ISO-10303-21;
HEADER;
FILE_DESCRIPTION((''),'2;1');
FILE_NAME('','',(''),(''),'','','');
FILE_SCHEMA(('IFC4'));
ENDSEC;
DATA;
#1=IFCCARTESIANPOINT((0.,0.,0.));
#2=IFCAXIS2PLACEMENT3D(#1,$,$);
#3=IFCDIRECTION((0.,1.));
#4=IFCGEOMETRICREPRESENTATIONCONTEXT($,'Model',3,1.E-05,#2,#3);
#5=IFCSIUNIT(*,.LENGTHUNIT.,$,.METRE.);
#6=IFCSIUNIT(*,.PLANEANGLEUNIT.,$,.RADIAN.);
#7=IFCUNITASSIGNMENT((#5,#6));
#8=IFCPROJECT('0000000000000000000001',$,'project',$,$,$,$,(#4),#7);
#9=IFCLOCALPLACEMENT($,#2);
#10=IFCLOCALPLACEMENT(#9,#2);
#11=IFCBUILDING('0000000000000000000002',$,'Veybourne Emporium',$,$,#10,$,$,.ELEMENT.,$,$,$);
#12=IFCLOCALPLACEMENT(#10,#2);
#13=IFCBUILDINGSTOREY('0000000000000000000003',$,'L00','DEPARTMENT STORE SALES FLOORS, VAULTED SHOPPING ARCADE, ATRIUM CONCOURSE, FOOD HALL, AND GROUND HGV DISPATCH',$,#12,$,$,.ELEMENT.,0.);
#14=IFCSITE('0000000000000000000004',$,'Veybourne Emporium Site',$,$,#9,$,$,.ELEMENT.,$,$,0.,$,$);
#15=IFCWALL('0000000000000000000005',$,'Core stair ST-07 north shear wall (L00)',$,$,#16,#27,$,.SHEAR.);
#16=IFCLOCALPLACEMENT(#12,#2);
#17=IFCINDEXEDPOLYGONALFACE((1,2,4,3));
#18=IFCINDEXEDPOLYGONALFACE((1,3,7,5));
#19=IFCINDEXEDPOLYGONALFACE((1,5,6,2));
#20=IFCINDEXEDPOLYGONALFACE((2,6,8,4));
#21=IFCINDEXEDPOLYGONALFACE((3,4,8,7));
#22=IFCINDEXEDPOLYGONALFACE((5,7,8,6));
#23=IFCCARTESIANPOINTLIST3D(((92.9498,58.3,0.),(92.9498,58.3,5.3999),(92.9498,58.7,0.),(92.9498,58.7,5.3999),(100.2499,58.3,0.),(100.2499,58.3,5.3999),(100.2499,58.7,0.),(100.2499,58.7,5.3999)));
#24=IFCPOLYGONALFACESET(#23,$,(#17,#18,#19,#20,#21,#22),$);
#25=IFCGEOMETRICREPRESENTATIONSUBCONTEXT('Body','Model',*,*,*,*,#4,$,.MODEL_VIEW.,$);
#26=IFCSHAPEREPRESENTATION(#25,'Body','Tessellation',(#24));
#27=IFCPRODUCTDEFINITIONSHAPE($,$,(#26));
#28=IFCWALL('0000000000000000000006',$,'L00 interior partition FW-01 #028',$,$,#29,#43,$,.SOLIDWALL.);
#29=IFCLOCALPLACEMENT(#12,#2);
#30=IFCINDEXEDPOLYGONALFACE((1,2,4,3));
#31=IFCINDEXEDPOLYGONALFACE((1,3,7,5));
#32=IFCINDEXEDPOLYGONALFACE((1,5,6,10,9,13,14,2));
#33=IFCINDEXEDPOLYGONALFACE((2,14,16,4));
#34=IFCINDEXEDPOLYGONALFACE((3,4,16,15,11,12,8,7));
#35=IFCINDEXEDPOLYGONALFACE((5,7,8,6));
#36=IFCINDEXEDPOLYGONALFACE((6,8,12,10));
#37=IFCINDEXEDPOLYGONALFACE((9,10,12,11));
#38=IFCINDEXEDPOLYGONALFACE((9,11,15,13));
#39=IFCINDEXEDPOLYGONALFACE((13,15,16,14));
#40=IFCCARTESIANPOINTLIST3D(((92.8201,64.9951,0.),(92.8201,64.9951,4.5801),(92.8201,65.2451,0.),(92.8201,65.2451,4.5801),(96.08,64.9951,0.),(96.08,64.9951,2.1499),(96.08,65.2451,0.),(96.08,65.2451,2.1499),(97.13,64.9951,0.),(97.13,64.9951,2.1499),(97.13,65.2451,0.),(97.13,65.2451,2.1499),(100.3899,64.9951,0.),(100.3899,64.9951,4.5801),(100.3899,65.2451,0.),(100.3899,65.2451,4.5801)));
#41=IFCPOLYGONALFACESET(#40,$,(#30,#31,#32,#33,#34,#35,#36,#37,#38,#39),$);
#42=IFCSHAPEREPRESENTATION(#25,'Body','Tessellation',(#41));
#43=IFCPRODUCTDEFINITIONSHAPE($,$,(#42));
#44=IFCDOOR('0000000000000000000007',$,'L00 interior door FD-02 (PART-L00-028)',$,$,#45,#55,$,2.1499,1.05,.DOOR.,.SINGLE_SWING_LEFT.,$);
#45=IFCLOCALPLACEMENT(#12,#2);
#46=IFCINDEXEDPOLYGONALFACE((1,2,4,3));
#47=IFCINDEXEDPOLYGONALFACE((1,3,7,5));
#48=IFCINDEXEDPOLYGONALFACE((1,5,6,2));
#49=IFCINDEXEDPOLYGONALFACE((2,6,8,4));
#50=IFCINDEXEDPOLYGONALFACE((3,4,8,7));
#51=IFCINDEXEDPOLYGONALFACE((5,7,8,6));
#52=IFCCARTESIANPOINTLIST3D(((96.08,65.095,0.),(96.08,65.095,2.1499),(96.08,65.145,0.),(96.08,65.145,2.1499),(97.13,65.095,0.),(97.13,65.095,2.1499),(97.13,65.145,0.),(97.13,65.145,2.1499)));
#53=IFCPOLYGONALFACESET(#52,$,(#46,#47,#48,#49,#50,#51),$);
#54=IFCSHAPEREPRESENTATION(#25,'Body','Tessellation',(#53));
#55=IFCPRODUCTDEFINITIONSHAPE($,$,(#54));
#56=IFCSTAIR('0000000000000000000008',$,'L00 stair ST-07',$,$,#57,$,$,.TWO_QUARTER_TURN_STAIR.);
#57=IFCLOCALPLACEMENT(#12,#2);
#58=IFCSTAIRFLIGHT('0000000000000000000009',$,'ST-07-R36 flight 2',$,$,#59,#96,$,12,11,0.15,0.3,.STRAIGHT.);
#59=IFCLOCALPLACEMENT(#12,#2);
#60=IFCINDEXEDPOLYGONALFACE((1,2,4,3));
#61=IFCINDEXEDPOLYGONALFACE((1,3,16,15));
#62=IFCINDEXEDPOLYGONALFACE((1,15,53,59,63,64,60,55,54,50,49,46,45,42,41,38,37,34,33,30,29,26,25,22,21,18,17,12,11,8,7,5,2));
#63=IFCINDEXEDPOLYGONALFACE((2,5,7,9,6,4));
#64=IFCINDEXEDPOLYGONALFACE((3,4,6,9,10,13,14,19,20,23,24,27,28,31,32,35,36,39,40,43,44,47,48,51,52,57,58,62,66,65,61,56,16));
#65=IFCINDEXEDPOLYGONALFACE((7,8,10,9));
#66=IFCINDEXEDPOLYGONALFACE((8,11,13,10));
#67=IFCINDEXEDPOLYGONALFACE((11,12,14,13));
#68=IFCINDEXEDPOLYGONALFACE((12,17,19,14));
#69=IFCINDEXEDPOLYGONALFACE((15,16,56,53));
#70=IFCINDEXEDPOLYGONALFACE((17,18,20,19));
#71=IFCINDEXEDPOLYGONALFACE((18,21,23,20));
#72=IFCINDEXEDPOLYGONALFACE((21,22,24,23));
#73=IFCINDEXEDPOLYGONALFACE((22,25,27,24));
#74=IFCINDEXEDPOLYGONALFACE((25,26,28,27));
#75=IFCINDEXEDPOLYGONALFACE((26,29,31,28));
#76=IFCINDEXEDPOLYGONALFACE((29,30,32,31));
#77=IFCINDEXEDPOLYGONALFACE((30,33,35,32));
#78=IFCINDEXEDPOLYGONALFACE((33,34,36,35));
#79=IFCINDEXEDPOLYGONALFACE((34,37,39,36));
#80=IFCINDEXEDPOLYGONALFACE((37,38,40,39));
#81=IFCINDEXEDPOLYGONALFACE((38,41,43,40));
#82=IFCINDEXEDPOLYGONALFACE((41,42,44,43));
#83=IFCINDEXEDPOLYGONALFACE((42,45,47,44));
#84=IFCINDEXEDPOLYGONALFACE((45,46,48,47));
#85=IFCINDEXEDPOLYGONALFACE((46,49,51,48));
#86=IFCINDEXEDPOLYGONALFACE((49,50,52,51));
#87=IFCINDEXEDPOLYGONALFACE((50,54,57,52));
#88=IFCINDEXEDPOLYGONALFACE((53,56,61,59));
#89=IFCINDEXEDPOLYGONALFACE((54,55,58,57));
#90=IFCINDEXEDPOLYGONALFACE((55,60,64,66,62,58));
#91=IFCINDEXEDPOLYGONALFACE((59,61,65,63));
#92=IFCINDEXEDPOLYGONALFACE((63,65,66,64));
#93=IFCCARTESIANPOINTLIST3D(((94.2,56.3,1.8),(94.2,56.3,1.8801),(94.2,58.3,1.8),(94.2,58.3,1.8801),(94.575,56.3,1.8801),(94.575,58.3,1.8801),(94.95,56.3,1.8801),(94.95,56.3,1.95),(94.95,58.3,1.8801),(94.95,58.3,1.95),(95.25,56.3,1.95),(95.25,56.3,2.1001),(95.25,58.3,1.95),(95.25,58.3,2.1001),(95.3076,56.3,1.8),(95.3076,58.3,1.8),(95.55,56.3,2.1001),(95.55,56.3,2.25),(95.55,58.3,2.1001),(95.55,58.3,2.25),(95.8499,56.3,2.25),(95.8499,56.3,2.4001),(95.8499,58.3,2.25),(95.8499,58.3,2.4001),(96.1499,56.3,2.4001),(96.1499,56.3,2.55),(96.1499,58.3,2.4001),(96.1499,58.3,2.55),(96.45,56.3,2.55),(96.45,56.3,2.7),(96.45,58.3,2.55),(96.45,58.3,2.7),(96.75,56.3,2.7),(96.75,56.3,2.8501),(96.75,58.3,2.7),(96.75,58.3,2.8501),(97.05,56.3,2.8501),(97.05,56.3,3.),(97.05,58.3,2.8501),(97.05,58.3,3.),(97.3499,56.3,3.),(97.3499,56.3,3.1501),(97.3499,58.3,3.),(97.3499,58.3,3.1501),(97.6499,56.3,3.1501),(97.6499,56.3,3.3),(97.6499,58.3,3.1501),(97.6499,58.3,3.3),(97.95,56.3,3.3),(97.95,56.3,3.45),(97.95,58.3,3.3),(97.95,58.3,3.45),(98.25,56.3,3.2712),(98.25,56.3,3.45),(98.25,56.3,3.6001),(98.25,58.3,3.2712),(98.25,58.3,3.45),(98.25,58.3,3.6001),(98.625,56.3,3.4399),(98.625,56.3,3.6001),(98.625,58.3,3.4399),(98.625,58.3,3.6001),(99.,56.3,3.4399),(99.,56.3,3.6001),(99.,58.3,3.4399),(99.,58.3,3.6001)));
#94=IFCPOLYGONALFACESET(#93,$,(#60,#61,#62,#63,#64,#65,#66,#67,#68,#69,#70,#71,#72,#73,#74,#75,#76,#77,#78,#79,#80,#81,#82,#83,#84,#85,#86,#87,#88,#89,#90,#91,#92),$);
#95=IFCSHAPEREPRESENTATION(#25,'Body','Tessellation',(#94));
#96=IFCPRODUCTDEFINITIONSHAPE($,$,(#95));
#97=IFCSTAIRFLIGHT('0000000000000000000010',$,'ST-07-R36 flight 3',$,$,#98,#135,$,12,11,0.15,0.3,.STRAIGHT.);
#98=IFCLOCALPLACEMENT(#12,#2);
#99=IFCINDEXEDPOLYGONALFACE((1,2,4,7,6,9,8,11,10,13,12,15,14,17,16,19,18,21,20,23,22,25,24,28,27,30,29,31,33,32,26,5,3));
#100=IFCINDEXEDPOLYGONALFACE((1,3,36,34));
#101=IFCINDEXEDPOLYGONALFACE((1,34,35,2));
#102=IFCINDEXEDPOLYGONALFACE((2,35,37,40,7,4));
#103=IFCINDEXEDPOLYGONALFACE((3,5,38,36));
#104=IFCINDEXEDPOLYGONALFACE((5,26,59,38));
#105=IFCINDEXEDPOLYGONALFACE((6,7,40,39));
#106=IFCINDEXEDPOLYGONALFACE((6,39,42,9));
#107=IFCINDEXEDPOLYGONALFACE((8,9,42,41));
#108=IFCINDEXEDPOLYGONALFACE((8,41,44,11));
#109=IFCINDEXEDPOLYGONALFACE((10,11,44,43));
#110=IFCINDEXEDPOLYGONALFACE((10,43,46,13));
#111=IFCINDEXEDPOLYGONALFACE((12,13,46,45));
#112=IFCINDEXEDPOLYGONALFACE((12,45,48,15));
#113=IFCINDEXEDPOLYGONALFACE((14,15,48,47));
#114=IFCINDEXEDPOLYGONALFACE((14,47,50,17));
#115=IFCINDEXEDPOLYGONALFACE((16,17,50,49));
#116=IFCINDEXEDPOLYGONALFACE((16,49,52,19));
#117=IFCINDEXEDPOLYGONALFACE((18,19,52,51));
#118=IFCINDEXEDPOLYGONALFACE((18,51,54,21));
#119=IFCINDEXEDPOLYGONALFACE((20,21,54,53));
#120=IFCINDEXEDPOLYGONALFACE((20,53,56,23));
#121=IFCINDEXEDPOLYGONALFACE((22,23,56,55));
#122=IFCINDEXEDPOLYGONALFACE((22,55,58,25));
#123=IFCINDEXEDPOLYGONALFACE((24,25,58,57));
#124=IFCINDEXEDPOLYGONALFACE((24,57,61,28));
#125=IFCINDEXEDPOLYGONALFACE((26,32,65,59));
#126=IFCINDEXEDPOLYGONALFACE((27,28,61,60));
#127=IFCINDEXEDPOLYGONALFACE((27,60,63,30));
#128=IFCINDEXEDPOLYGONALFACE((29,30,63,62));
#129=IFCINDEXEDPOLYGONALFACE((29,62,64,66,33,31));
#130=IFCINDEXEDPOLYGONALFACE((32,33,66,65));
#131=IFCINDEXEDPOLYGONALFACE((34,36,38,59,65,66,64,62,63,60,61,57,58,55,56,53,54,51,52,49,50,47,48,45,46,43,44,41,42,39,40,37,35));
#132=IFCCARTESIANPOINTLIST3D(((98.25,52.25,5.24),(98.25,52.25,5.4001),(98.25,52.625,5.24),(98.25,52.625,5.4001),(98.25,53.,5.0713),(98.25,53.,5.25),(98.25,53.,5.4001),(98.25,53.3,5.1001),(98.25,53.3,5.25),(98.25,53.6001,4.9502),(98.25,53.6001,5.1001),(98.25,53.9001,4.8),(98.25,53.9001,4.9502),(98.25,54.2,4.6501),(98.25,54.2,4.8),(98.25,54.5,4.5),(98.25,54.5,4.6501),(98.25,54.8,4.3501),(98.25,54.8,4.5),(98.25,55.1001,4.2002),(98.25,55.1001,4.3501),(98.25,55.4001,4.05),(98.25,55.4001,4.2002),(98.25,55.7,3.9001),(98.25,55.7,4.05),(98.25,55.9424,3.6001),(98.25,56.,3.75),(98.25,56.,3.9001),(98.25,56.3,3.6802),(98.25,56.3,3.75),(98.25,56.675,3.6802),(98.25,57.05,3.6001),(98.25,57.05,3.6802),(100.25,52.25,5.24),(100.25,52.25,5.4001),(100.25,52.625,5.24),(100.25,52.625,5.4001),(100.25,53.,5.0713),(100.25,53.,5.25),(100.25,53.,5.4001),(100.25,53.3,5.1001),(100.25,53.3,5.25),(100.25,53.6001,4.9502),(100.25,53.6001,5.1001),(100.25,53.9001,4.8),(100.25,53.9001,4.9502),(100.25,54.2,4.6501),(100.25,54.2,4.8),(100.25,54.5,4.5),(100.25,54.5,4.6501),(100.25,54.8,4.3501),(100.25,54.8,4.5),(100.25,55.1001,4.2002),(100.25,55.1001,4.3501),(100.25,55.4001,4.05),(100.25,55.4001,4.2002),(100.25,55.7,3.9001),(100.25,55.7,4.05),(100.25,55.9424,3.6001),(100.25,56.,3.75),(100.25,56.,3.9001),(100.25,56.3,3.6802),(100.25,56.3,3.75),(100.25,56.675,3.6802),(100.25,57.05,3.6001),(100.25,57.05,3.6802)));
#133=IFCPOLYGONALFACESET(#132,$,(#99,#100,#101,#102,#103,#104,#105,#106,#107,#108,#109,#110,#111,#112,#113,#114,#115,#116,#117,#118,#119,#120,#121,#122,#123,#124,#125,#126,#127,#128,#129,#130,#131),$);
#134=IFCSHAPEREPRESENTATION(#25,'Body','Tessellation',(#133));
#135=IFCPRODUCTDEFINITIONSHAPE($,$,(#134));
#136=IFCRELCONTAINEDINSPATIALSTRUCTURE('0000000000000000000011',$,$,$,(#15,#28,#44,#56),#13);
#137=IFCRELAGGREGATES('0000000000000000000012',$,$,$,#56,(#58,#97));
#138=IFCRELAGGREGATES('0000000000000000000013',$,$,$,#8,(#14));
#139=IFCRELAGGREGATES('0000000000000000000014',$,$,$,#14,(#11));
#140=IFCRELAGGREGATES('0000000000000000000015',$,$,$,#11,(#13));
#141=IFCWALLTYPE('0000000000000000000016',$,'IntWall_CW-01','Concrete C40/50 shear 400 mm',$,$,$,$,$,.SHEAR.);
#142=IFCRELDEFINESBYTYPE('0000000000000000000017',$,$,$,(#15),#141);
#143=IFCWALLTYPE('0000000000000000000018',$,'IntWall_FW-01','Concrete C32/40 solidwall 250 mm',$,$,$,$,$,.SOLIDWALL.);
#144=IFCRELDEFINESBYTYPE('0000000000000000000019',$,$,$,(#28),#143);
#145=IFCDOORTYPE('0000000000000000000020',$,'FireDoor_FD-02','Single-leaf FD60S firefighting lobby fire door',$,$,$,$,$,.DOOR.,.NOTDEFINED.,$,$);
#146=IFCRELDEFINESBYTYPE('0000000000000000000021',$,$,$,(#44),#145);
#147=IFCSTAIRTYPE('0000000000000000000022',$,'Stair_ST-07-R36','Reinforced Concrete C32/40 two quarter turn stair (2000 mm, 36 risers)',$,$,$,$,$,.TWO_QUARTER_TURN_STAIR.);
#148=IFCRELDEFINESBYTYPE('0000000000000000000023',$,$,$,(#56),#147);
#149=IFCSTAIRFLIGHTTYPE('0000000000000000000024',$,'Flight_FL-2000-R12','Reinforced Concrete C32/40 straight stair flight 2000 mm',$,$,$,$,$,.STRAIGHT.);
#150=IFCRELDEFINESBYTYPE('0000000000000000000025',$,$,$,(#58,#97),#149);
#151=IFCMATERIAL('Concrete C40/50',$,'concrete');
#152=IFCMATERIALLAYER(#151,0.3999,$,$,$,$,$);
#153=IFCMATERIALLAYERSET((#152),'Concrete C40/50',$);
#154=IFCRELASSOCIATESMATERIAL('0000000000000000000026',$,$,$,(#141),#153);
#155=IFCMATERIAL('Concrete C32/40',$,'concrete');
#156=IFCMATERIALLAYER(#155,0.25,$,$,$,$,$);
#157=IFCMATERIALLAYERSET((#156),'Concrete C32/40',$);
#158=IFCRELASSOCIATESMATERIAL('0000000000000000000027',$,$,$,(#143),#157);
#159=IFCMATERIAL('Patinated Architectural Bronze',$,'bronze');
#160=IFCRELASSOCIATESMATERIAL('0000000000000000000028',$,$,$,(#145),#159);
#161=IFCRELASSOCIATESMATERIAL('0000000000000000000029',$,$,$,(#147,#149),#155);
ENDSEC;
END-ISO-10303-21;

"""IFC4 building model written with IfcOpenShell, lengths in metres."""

from ifc_helpers import new_model, si_unit, direction, frame, frame_2d, origin, place, context, subcontext, project, spatial, polyline, rectangle, outline, extrude, material, layer, layer_set, type_object, element, fill, aggregate, save


model = new_model("IFC4")

# Units and contexts
model_context = context("Model", 3, precision=1e-05, world=origin(), true_north=direction((0.0, 1.0)))
body_context = subcontext(model_context, "Body", "Model", "MODEL_VIEW")
ifc_project = project(units=[si_unit("LENGTHUNIT", "METRE"), si_unit("PLANEANGLEUNIT", "RADIAN")], contexts=[model_context])

# Site, building, storey
site_placement = place(None, origin())
site = spatial("IfcSite", under=ifc_project, at=site_placement, Name="Veybourne Emporium Site", CompositionType="ELEMENT", RefElevation=0.0)
building_placement = place(site_placement, origin())
building = spatial("IfcBuilding", under=site, at=building_placement, Name="Veybourne Emporium", CompositionType="ELEMENT")
storey_placement = place(building_placement, origin())
storey = spatial("IfcBuildingStorey", under=building, at=storey_placement, Name="L00", Description="DEPARTMENT STORE SALES FLOORS, VAULTED SHOPPING ARCADE, ATRIUM CONCOURSE, FOOD HALL, AND GROUND HGV DISPATCH", CompositionType="ELEMENT", Elevation=0.0)

# Shared definitions
ifc_material_1 = material(Name="Concrete C40/50", Category="concrete")

# Shared definitions
ifc_material_2 = material(Name="Concrete C32/40", Category="concrete")

# Wall
ifc_layer_1 = layer(ifc_material_1, 0.3999)
ifc_layer_set_1 = layer_set([ifc_layer_1], Name="Concrete C40/50")
wall_type_1 = type_object("IfcWallType", Name="IntWall_CW-01", Description="Concrete C40/50 shear 400 mm", PredefinedType="SHEAR", material=ifc_layer_set_1)
wall_1_placement = place(storey_placement, frame((92.95, 58.5, 0.0), z_axis=(0.0, 0.0, 1.0), x_axis=(1.0, 0.0, 0.0)))
element("IfcWall", 1, at=wall_1_placement, inside=storey, type_object=wall_type_1, Name="Core stair ST-07 north shear wall (L00)", PredefinedType="SHEAR", context=body_context, shape_type="SweptSolid", body=[
    extrude(rectangle(XDim=7.3, YDim=0.3999, at=frame_2d((3.6499, 0.0))), origin(), (0.0, 0.0, 1.0), 5.3999),
])

# Wall, opening, door
ifc_layer_2 = layer(ifc_material_2, 0.25)
ifc_layer_set_2 = layer_set([ifc_layer_2], Name="Concrete C32/40")
wall_type_2 = type_object("IfcWallType", Name="IntWall_FW-01", Description="Concrete C32/40 solidwall 250 mm", PredefinedType="SOLIDWALL", material=ifc_layer_set_2)
wall_2_placement = place(storey_placement, frame((92.8201, 65.1201, 0.0), z_axis=(0.0, 0.0, 1.0), x_axis=(1.0, 0.0, 0.0)))
wall_2 = element("IfcWall", 2, at=wall_2_placement, inside=storey, type_object=wall_type_2, Name="L00 interior partition FW-01 #028", PredefinedType="SOLIDWALL", context=body_context, shape_type="SweptSolid", body=[
    extrude(rectangle(XDim=7.5698, YDim=0.25, at=frame_2d((3.7849, 0.0))), origin(), (0.0, 0.0, 1.0), 4.5801),
])
opening_1_placement = place(wall_2_placement, frame((3.26, 0.0, 0.0)))
opening_1 = element("IfcOpeningElement", 3, at=opening_1_placement, cuts=wall_2, PredefinedType="OPENING", context=body_context, shape_type="SweptSolid", body=[
    extrude(rectangle(XDim=1.05, YDim=2.1499, at=frame_2d((0.5249, 1.075))), frame((0.0, 0.145, 0.0), z_axis=(0.0, -1.0, 0.0), x_axis=(1.0, 0.0, 0.0)), (0.0, 0.0, 1.0), 0.29),
])
ifc_material_3 = material(Name="Patinated Architectural Bronze", Category="bronze")
door_type_1 = type_object("IfcDoorType", Name="FireDoor_FD-02", Description="Single-leaf FD60S firefighting lobby fire door", OperationType="NOTDEFINED", PredefinedType="DOOR", material=ifc_material_3)
door_1_placement = place(opening_1_placement, origin())
door_1 = element("IfcDoor", 4, at=door_1_placement, inside=storey, type_object=door_type_1, Name="L00 interior door FD-02 (PART-L00-028)", OperationType="SINGLE_SWING_LEFT", OverallHeight=2.1499, OverallWidth=1.05, PredefinedType="DOOR", context=body_context, shape_type="SweptSolid", body=[
    extrude(rectangle(XDim=1.05, YDim=2.1499, at=frame_2d((0.5249, 1.075))), frame((0.0, 0.0249, 0.0), z_axis=(0.0, -1.0, 0.0), x_axis=(1.0, 0.0, 0.0)), (0.0, 0.0, 1.0), 0.05),
])
fill(opening_1, door_1)

# Stair, stair flights
stair_type = type_object("IfcStairType", Name="Stair_ST-07-R36", Description="Reinforced Concrete C32/40 two quarter turn stair (2000 mm, 36 risers)", PredefinedType="TWO_QUARTER_TURN_STAIR", material=ifc_material_2)
stair_placement = place(storey_placement, origin())
stair = element("IfcStair", 5, at=stair_placement, inside=storey, type_object=stair_type, Name="L00 stair ST-07", PredefinedType="TWO_QUARTER_TURN_STAIR")
stair_flight_type = type_object("IfcStairFlightType", Name="Flight_FL-2000-R12", Description="Reinforced Concrete C32/40 straight stair flight 2000 mm", PredefinedType="STRAIGHT", material=ifc_material_2)
stair_flight_1_placement = place(storey_placement, frame((94.95, 57.3, 1.8), z_axis=(0.0, 0.0, 1.0), x_axis=(1.0, 0.0, 0.0)))
stair_flight_1 = element("IfcStairFlight", 6, at=stair_flight_1_placement, type_object=stair_flight_type, Name="ST-07-R36 flight 2", NumberOfRisers=12, NumberOfTreads=11, PredefinedType="STRAIGHT", RiserHeight=0.15, TreadLength=0.3, context=body_context, shape_type="SweptSolid", body=[
    extrude(outline(polyline([(-0.75, 0.0), (-0.75, 0.0801), (-0.375, 0.0801), (0.0, 0.0801), (0.0, 0.1499), (0.3, 0.1499), (0.3, 0.3), (0.6001, 0.3), (0.6001, 0.45), (0.8999, 0.45), (0.8999, 0.6001), (1.2, 0.6001), (1.2, 0.75), (1.5, 0.75), (1.5, 0.8999), (1.8, 0.8999), (1.8, 1.05), (2.1001, 1.05), (2.1001, 1.2), (2.3999, 1.2), (2.3999, 1.3501), (2.7, 1.3501), (2.7, 1.5), (3.0, 1.5), (3.0, 1.6499), (3.3, 1.6499), (3.3, 1.8), (3.675, 1.8), (4.05, 1.8), (4.05, 1.6399), (3.675, 1.6399), (3.3, 1.4712), (0.3577, 0.0), (-0.75, 0.0)])), frame((0.0, 1.0, 0.0), z_axis=(0.0, -1.0, 0.0), x_axis=(1.0, 0.0, 0.0)), (0.0, 0.0, 1.0), 2.0),
])
stair_flight_2_placement = place(storey_placement, frame((99.25, 56.3, 3.6001), z_axis=(0.0, 0.0, 1.0), x_axis=(0.0, -1.0, 0.0)))
stair_flight_2 = element("IfcStairFlight", 7, at=stair_flight_2_placement, type_object=stair_flight_type, Name="ST-07-R36 flight 3", NumberOfRisers=12, NumberOfTreads=11, PredefinedType="STRAIGHT", RiserHeight=0.15, TreadLength=0.3, context=body_context, shape_type="SweptSolid", body=[
    extrude(outline(polyline([(-0.75, 0.0), (-0.75, 0.0801), (-0.375, 0.0801), (0.0, 0.0801), (0.0, 0.1499), (0.3, 0.1499), (0.3, 0.3), (0.6001, 0.3), (0.6001, 0.45), (0.8999, 0.45), (0.8999, 0.6001), (1.2, 0.6001), (1.2, 0.75), (1.5, 0.75), (1.5, 0.8999), (1.8, 0.8999), (1.8, 1.05), (2.1001, 1.05), (2.1001, 1.2), (2.3999, 1.2), (2.3999, 1.3501), (2.7, 1.3501), (2.7, 1.5), (3.0, 1.5), (3.0, 1.6499), (3.3, 1.6499), (3.3, 1.8), (3.675, 1.8), (4.05, 1.8), (4.05, 1.6399), (3.675, 1.6399), (3.3, 1.4712), (0.3577, 0.0), (-0.75, 0.0)])), frame((0.0, 1.0, 0.0), z_axis=(0.0, -1.0, 0.0), x_axis=(1.0, 0.0, 0.0)), (0.0, 0.0, 1.0), 2.0),
])
aggregate(stair, [stair_flight_1, stair_flight_2])

save(model, "model.ifc")
